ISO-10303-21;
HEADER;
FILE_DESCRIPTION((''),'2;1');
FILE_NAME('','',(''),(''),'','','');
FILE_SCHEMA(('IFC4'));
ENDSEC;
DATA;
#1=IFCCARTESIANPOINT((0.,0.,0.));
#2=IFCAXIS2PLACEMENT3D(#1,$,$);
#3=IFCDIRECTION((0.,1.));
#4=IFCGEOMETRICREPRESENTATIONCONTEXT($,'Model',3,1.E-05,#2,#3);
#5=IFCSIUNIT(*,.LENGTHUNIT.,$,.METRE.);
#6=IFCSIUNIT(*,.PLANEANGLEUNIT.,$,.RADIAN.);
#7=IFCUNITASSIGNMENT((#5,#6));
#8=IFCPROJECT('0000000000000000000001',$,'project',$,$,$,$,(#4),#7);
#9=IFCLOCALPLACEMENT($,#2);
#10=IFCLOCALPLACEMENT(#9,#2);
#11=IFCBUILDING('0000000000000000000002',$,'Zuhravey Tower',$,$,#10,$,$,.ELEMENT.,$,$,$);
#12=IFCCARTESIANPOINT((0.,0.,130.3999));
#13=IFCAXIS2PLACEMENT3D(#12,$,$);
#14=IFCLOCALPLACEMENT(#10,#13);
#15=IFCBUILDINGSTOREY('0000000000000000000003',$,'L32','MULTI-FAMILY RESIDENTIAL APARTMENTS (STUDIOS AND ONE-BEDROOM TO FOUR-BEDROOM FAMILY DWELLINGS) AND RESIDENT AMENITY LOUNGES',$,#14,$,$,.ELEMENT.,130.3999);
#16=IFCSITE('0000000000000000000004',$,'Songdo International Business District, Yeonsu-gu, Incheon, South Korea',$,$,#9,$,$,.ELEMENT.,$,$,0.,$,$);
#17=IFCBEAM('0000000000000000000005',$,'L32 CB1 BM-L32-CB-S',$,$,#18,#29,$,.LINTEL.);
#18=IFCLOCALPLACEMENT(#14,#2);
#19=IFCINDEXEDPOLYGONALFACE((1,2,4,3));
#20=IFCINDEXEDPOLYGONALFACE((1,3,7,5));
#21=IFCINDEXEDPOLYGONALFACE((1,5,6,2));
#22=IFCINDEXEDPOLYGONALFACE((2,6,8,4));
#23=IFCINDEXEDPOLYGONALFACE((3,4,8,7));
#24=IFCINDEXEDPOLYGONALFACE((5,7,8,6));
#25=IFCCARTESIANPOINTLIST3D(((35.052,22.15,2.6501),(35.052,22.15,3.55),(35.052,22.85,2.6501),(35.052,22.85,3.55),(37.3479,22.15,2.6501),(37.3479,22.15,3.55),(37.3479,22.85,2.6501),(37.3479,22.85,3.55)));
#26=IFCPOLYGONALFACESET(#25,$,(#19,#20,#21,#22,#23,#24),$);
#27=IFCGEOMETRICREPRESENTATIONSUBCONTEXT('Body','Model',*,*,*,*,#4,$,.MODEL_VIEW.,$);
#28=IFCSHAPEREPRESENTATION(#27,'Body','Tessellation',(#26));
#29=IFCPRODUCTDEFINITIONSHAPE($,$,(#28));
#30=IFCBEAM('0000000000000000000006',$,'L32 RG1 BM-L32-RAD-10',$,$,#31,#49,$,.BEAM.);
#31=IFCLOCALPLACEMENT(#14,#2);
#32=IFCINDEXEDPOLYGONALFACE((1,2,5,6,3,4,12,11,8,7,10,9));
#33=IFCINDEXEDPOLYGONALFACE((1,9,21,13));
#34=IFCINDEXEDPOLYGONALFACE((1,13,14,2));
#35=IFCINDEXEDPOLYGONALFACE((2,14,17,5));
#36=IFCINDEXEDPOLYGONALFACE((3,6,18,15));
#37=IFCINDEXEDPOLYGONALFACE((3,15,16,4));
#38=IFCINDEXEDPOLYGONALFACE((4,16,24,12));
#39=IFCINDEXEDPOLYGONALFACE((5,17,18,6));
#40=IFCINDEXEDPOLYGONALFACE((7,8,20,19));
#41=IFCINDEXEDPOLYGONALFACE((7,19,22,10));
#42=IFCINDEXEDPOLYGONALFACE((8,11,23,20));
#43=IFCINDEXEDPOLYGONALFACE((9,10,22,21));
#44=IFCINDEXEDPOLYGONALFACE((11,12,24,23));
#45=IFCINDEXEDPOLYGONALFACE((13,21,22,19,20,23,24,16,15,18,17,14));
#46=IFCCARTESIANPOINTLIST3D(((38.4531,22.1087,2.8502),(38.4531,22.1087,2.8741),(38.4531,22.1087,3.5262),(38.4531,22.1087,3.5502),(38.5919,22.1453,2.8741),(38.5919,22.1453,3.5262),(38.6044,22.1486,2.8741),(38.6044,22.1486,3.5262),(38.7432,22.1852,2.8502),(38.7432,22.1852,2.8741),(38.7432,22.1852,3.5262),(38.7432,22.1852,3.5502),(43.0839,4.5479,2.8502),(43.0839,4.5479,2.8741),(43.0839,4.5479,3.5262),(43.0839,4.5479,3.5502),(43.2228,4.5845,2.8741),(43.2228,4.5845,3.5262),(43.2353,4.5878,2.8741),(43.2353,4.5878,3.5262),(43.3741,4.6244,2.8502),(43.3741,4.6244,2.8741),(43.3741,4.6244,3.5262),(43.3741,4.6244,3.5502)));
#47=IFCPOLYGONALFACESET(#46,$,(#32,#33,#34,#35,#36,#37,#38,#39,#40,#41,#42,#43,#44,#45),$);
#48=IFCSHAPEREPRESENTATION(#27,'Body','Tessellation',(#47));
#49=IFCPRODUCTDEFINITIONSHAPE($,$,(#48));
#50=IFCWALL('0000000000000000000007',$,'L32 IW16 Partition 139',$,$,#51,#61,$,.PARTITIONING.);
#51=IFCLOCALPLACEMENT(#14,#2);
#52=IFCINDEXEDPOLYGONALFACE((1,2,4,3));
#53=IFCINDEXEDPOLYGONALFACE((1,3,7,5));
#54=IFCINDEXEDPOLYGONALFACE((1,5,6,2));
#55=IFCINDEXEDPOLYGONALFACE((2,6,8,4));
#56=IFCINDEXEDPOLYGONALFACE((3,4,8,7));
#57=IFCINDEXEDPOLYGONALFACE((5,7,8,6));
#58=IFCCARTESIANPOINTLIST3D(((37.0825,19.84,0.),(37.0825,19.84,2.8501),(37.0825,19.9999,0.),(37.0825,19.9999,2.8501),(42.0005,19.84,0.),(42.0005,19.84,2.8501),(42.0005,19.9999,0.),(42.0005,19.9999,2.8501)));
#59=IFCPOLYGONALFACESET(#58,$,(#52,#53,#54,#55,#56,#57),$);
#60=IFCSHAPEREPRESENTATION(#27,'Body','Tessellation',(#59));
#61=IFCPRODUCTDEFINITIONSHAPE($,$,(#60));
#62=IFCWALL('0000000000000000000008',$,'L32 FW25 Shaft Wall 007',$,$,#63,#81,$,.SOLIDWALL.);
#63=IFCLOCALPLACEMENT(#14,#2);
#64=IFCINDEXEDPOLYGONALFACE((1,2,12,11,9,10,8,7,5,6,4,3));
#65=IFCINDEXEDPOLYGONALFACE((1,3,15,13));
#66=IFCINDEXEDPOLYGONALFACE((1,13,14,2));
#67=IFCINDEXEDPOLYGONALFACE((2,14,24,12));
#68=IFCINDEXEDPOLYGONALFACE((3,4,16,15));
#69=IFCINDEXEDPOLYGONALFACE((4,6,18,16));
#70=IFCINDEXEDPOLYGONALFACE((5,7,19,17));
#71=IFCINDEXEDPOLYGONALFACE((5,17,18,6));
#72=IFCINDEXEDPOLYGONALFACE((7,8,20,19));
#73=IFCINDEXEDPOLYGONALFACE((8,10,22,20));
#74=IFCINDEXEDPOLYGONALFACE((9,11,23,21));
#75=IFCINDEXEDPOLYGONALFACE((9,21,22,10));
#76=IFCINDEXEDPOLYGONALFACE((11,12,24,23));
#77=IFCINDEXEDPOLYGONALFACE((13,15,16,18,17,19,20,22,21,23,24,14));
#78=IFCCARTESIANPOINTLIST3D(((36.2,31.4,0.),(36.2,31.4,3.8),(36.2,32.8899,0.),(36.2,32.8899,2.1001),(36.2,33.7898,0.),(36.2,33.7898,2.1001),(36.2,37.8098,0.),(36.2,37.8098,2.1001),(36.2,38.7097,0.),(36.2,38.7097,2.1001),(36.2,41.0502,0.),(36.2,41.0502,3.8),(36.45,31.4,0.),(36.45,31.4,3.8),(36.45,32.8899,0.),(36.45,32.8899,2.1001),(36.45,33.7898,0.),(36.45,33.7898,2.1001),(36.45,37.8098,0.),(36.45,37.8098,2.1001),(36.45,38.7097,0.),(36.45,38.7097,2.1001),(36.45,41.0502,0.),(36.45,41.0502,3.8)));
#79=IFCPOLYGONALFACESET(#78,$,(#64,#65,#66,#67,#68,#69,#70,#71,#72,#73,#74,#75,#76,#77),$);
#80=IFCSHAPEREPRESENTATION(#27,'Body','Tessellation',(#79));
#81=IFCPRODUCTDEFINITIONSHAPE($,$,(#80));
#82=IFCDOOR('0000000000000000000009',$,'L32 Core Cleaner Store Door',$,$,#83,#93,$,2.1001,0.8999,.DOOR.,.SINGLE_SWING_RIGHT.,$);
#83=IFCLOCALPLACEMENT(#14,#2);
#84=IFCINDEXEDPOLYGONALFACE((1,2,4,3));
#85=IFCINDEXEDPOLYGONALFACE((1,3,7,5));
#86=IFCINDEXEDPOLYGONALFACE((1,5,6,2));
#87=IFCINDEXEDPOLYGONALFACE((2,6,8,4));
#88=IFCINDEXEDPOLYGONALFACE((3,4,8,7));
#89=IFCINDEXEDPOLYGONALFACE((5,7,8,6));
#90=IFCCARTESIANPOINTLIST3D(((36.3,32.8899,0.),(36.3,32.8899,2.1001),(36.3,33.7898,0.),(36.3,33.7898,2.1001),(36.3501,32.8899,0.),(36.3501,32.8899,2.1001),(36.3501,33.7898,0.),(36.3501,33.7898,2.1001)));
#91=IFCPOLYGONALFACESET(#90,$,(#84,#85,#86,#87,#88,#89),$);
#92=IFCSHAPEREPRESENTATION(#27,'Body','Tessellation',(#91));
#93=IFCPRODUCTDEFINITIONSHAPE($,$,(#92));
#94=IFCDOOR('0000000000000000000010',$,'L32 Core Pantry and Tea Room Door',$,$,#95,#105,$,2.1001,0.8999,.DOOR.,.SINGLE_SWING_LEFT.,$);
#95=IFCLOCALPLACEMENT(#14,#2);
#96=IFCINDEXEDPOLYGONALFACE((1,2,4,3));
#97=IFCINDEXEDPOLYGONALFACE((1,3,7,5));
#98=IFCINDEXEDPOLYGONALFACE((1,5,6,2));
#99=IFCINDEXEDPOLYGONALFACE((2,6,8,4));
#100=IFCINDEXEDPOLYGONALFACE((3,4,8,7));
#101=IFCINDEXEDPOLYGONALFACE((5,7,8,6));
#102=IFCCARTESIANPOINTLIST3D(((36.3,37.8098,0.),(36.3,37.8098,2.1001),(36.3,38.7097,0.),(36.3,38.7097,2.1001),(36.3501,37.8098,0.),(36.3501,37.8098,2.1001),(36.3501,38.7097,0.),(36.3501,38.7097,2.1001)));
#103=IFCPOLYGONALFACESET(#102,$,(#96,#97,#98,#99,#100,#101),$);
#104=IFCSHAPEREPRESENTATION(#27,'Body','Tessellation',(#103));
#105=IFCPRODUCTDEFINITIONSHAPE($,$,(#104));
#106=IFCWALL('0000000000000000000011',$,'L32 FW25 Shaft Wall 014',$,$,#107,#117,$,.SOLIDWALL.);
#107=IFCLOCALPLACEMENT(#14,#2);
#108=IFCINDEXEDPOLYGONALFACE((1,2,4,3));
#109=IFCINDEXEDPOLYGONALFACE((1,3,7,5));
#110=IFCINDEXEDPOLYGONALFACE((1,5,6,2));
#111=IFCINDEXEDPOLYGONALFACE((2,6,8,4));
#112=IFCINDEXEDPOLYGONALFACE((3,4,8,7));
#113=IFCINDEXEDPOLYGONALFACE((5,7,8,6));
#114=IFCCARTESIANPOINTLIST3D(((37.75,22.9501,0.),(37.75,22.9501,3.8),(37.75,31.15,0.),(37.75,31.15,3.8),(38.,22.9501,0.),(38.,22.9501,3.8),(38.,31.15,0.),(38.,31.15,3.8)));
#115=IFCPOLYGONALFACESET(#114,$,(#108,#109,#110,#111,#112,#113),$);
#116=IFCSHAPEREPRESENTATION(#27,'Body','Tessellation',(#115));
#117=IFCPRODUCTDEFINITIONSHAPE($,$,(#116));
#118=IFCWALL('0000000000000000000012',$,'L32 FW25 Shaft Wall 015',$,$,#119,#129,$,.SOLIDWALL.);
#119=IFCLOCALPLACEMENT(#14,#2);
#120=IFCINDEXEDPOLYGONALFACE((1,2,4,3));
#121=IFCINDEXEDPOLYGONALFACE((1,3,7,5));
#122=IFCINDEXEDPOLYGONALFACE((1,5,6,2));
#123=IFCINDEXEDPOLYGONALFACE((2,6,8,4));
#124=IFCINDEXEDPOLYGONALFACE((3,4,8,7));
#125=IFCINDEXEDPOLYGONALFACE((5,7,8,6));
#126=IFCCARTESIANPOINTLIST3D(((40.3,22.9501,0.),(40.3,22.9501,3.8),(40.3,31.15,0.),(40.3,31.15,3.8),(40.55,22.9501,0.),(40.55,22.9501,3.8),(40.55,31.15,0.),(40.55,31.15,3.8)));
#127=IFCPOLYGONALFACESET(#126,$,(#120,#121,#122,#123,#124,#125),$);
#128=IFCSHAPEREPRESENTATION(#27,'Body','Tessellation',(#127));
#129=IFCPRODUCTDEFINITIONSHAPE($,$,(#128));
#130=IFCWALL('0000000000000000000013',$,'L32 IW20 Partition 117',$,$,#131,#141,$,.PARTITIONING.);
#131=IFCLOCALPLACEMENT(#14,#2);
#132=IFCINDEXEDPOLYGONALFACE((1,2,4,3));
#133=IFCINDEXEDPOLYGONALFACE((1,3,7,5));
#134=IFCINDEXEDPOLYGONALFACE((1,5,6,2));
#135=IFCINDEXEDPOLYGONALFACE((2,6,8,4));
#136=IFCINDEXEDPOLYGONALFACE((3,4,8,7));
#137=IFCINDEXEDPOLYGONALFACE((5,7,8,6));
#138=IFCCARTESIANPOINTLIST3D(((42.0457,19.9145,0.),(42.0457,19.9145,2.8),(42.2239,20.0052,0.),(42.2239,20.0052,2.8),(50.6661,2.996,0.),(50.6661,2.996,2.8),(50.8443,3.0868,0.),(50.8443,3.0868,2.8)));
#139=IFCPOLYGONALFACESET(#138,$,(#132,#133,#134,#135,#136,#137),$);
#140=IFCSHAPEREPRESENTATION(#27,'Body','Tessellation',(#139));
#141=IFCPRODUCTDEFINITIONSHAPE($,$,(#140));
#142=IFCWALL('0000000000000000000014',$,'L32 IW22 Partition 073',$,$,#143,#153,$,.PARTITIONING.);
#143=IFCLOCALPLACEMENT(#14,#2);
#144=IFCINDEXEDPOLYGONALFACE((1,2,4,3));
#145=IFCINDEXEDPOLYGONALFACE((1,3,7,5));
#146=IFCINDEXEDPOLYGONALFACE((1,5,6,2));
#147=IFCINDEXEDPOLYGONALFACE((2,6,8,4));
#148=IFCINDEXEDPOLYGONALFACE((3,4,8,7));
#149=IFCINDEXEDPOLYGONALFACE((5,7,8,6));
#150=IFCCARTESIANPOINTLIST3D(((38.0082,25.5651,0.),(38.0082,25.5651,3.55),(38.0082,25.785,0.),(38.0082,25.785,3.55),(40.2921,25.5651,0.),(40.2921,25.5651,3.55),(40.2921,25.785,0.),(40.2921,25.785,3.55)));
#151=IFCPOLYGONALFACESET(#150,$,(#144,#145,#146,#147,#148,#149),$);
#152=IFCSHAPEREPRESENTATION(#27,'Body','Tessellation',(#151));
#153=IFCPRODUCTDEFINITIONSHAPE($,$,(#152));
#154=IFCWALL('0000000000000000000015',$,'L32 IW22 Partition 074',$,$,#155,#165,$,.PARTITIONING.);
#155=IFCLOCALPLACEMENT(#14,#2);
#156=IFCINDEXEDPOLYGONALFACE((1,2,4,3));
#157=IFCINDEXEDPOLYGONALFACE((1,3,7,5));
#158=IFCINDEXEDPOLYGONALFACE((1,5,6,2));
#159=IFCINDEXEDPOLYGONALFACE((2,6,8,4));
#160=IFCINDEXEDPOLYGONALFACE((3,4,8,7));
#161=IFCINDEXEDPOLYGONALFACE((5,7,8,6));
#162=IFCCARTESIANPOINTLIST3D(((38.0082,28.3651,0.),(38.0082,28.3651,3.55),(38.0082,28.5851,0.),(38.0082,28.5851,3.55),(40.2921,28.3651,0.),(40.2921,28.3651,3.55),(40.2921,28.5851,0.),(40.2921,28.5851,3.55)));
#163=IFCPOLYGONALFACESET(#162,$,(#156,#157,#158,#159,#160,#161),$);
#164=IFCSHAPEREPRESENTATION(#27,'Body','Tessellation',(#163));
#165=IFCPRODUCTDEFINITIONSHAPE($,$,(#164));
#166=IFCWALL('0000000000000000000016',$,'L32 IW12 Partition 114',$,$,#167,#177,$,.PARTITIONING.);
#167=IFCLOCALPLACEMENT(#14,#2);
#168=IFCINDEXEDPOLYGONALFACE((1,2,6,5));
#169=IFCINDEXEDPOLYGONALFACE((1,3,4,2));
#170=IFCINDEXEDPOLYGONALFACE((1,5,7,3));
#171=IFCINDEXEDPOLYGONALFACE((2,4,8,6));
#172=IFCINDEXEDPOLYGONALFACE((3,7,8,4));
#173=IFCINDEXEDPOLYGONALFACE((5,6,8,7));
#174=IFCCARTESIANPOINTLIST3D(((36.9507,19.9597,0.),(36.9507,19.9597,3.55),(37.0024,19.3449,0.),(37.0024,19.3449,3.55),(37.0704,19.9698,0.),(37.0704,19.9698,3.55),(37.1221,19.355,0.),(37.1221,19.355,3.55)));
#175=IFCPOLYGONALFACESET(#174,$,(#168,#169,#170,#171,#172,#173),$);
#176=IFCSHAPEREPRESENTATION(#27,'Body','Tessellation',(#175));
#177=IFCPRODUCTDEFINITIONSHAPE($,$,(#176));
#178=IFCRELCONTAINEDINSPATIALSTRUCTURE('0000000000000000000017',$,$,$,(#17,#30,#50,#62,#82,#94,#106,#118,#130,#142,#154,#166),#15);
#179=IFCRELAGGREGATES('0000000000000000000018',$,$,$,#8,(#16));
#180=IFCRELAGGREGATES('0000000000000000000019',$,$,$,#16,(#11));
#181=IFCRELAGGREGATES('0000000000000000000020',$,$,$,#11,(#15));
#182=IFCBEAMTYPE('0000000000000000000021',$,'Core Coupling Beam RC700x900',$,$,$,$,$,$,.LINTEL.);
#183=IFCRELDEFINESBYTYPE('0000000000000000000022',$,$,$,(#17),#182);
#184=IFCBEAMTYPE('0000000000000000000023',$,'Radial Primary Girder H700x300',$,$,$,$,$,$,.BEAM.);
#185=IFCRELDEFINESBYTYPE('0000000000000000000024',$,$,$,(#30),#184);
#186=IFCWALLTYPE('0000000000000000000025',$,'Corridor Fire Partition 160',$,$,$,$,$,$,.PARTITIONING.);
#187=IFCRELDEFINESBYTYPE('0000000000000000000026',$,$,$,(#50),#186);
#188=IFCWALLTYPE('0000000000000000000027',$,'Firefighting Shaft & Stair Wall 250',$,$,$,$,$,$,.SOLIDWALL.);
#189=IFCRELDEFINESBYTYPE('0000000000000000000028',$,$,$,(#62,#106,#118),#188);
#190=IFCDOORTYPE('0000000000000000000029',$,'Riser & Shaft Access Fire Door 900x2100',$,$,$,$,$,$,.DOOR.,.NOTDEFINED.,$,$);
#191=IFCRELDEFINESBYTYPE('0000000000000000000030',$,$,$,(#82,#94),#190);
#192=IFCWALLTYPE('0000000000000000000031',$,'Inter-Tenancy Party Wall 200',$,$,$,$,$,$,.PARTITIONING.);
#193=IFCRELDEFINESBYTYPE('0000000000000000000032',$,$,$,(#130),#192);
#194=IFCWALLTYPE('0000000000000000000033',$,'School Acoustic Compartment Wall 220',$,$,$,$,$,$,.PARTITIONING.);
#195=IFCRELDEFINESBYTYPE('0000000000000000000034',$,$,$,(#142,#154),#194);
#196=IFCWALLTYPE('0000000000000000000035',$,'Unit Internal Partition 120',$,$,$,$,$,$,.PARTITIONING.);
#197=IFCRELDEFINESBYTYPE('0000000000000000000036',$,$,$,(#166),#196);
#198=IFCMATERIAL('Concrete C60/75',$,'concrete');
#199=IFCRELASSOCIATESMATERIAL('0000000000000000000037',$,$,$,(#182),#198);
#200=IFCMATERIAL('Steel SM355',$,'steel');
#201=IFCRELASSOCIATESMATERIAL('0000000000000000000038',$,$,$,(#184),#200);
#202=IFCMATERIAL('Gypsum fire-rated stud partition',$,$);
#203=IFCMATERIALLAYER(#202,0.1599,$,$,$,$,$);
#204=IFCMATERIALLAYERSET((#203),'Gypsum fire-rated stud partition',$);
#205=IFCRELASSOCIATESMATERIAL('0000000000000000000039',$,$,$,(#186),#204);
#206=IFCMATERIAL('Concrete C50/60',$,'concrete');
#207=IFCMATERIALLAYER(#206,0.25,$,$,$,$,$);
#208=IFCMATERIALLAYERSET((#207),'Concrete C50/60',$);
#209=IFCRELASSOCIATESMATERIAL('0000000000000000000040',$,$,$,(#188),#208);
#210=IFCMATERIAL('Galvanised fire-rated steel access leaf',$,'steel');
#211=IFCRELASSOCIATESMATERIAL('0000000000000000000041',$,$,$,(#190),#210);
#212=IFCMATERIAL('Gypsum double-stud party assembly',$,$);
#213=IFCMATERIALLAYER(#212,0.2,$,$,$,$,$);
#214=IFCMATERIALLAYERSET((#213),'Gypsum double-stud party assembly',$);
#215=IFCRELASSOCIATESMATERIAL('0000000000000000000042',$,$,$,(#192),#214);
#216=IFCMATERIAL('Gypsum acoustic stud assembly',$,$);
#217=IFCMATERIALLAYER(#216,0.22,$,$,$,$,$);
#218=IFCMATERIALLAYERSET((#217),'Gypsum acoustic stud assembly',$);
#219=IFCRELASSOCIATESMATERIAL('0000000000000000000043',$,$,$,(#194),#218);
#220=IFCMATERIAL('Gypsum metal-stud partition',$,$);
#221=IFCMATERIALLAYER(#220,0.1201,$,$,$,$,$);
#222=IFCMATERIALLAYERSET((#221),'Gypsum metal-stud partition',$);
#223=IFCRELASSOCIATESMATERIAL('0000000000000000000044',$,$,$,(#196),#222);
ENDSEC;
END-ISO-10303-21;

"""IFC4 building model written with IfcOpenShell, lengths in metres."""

from ifc_helpers import new_model, si_unit, direction, frame, frame_2d, origin, origin_2d, place, context, subcontext, project, spatial, rectangle, i_section, extrude, material, layer, layer_set, material_profile, profile_set, type_object, element, fill, save


model = new_model("IFC4")

# Units and contexts
model_context = context("Model", 3, precision=1e-05, world=origin(), true_north=direction((0.0, 1.0)))
body_context = subcontext(model_context, "Body", "Model", "MODEL_VIEW")
ifc_project = project(units=[si_unit("LENGTHUNIT", "METRE"), si_unit("PLANEANGLEUNIT", "RADIAN")], contexts=[model_context])

# Site, building, storey
site_placement = place(None, origin())
site = spatial("IfcSite", under=ifc_project, at=site_placement, Name="Songdo International Business District, Yeonsu-gu, Incheon, South Korea", CompositionType="ELEMENT", RefElevation=0.0)
building_placement = place(site_placement, origin())
building = spatial("IfcBuilding", under=site, at=building_placement, Name="Zuhravey Tower", CompositionType="ELEMENT")
storey_placement = place(building_placement, frame((0.0, 0.0, 130.3999)))
storey = spatial("IfcBuildingStorey", under=building, at=storey_placement, Name="L32", Description="MULTI-FAMILY RESIDENTIAL APARTMENTS (STUDIOS AND ONE-BEDROOM TO FOUR-BEDROOM FAMILY DWELLINGS) AND RESIDENT AMENITY LOUNGES", CompositionType="ELEMENT", Elevation=130.3999)

# Beams
ifc_material_1 = material(Name="Concrete C60/75", Category="concrete")
ifc_material_profile_1 = material_profile(ifc_material_1, rectangle(XDim=0.7, YDim=0.8999, at=origin_2d()), Name="RC-700x900")
ifc_profile_set_1 = profile_set([ifc_material_profile_1], Name="Concrete C60/75")
beam_type_1 = type_object("IfcBeamType", Name="Core Coupling Beam RC700x900", PredefinedType="LINTEL", material=ifc_profile_set_1)
beam_1_placement = place(storey_placement, frame((35.052, 22.5, 3.1001), z_axis=(1.0, 0.0, 0.0), x_axis=(0.0, 1.0, 0.0)))
element("IfcBeam", 1, at=beam_1_placement, inside=storey, type_object=beam_type_1, Name="L32 CB1 BM-L32-CB-S", PredefinedType="LINTEL", context=body_context, shape_type="SweptSolid", body=[
    extrude(rectangle(XDim=0.7, YDim=0.8999, at=origin_2d()), origin(), (0.0, 0.0, 1.0), 2.2959),
])
ifc_material_2 = material(Name="Steel SM355", Category="steel")
ifc_material_profile_2 = material_profile(ifc_material_2, i_section(OverallWidth=0.3, OverallDepth=0.7, WebThickness=0.0129, FlangeThickness=0.0239, at=origin_2d()), Name="H-700x300x13x24")
ifc_profile_set_2 = profile_set([ifc_material_profile_2], Name="Steel SM355")
beam_type_2 = type_object("IfcBeamType", Name="Radial Primary Girder H700x300", PredefinedType="BEAM", material=ifc_profile_set_2)
beam_2_placement = place(storey_placement, frame((38.5981, 22.147, 3.2002), z_axis=(0.254988, -0.966944, 0.0), x_axis=(0.966944, 0.254988, 0.0)))
element("IfcBeam", 2, at=beam_2_placement, inside=storey, type_object=beam_type_2, Name="L32 RG1 BM-L32-RAD-10", PredefinedType="BEAM", context=body_context, shape_type="SweptSolid", body=[
    extrude(i_section(OverallWidth=0.3, OverallDepth=0.7, WebThickness=0.0129, FlangeThickness=0.0239, at=origin_2d()), origin(), (0.0, 0.0, 1.0), 18.1611),
])

# Shared definitions
ifc_material_3 = material(Name="Gypsum fire-rated stud partition")
ifc_layer_1 = layer(ifc_material_3, 0.1599)
ifc_layer_set_1 = layer_set([ifc_layer_1], Name="Gypsum fire-rated stud partition")
wall_type_1 = type_object("IfcWallType", Name="Corridor Fire Partition 160", PredefinedType="PARTITIONING", material=ifc_layer_set_1)

# Wall
wall_1_placement = place(storey_placement, frame((37.0825, 19.9199, 0.0), z_axis=(0.0, 0.0, 1.0), x_axis=(1.0, 0.0, 0.0)))
element("IfcWall", 3, at=wall_1_placement, inside=storey, type_object=wall_type_1, Name="L32 IW16 Partition 139", PredefinedType="PARTITIONING", context=body_context, shape_type="SweptSolid", body=[
    extrude(rectangle(XDim=4.918, YDim=0.1599, at=frame_2d((2.459, 0.0))), origin(), (0.0, 0.0, 1.0), 2.8501),
])

# Shared definitions
ifc_material_4 = material(Name="Concrete C50/60", Category="concrete")
ifc_layer_2 = layer(ifc_material_4, 0.25)
ifc_layer_set_2 = layer_set([ifc_layer_2], Name="Concrete C50/60")
wall_type_2 = type_object("IfcWallType", Name="Firefighting Shaft & Stair Wall 250", PredefinedType="SOLIDWALL", material=ifc_layer_set_2)

# Wall, openings, doors
wall_2_placement = place(storey_placement, frame((36.325, 31.3999, 0.0), z_axis=(0.0, 0.0, 1.0), x_axis=(0.0, 1.0, 0.0)))
wall_2 = element("IfcWall", 4, at=wall_2_placement, inside=storey, type_object=wall_type_2, Name="L32 FW25 Shaft Wall 007", PredefinedType="SOLIDWALL", context=body_context, shape_type="SweptSolid", body=[
    extrude(rectangle(XDim=9.6501, YDim=0.25, at=frame_2d((4.8252, 0.0))), origin(), (0.0, 0.0, 1.0), 3.8),
])
opening_1_placement = place(wall_2_placement, frame((1.49, 0.0, 0.0)))
opening_1 = element("IfcOpeningElement", 5, at=opening_1_placement, cuts=wall_2, PredefinedType="OPENING", context=body_context, shape_type="SweptSolid", body=[
    extrude(rectangle(XDim=0.8999, YDim=2.1001, at=frame_2d((0.45, 1.05))), frame((0.0, 0.137, 0.0), z_axis=(0.0, -1.0, 0.0), x_axis=(1.0, 0.0, 0.0)), (0.0, 0.0, 1.0), 0.2739),
])
opening_2_placement = place(wall_2_placement, frame((6.4099, 0.0, 0.0)))
opening_2 = element("IfcOpeningElement", 6, at=opening_2_placement, cuts=wall_2, PredefinedType="OPENING", context=body_context, shape_type="SweptSolid", body=[
    extrude(rectangle(XDim=0.8999, YDim=2.1001, at=frame_2d((0.45, 1.05))), frame((0.0, 0.137, 0.0), z_axis=(0.0, -1.0, 0.0), x_axis=(1.0, 0.0, 0.0)), (0.0, 0.0, 1.0), 0.2739),
])
ifc_material_5 = material(Name="Galvanised fire-rated steel access leaf", Category="steel")
door_type_1 = type_object("IfcDoorType", Name="Riser & Shaft Access Fire Door 900x2100", OperationType="NOTDEFINED", PredefinedType="DOOR", material=ifc_material_5)
door_1_placement = place(opening_1_placement, origin())
door_1 = element("IfcDoor", 7, at=door_1_placement, inside=storey, type_object=door_type_1, Name="L32 Core Cleaner Store Door", OperationType="SINGLE_SWING_RIGHT", OverallHeight=2.1001, OverallWidth=0.8999, PredefinedType="DOOR", context=body_context, shape_type="SweptSolid", body=[
    extrude(rectangle(XDim=0.8999, YDim=2.1001, at=frame_2d((0.45, 1.05))), frame((0.0, 0.0249, 0.0), z_axis=(0.0, -1.0, 0.0), x_axis=(1.0, 0.0, 0.0)), (0.0, 0.0, 1.0), 0.05),
])
fill(opening_1, door_1)
door_2_placement = place(opening_2_placement, origin())
door_2 = element("IfcDoor", 8, at=door_2_placement, inside=storey, type_object=door_type_1, Name="L32 Core Pantry and Tea Room Door", OperationType="SINGLE_SWING_LEFT", OverallHeight=2.1001, OverallWidth=0.8999, PredefinedType="DOOR", context=body_context, shape_type="SweptSolid", body=[
    extrude(rectangle(XDim=0.8999, YDim=2.1001, at=frame_2d((0.45, 1.05))), frame((0.0, 0.0249, 0.0), z_axis=(0.0, -1.0, 0.0), x_axis=(1.0, 0.0, 0.0)), (0.0, 0.0, 1.0), 0.05),
])
fill(opening_2, door_2)

# Walls
for number, where, z_axis, x_axis, name in (
    (9, (37.875, 22.95, 0.0), (0.0, 0.0, 1.0), (0.0, 1.0, 0.0), "L32 FW25 Shaft Wall 014"),
    (10, (40.425, 22.95, 0.0), (0.0, 0.0, 1.0), (0.0, 1.0, 0.0), "L32 FW25 Shaft Wall 015"),
):
    element("IfcWall", number, at=place(storey_placement, frame(where, z_axis=z_axis, x_axis=x_axis)), inside=storey, type_object=wall_type_2, Name=name, PredefinedType="SOLIDWALL", context=body_context, shape_type="SweptSolid", body=[
        extrude(rectangle(XDim=8.2, YDim=0.25, at=frame_2d((4.1001, 0.0))), origin(), (0.0, 0.0, 1.0), 3.8),
    ])
ifc_material_6 = material(Name="Gypsum double-stud party assembly")
ifc_layer_3 = layer(ifc_material_6, 0.2)
ifc_layer_set_3 = layer_set([ifc_layer_3], Name="Gypsum double-stud party assembly")
wall_type_3 = type_object("IfcWallType", Name="Inter-Tenancy Party Wall 200", PredefinedType="PARTITIONING", material=ifc_layer_set_3)
wall_3_placement = place(storey_placement, frame((42.1348, 19.96, 0.0), z_axis=(0.0, 0.0, 1.0), x_axis=(0.45399, -0.891007, 0.0)))
element("IfcWall", 11, at=wall_3_placement, inside=storey, type_object=wall_type_3, Name="L32 IW20 Partition 117", PredefinedType="PARTITIONING", context=body_context, shape_type="SweptSolid", body=[
    extrude(rectangle(XDim=18.988, YDim=0.2, at=frame_2d((9.4941, 0.0))), origin(), (0.0, 0.0, 1.0), 2.8),
])
ifc_material_7 = material(Name="Gypsum acoustic stud assembly")
ifc_layer_4 = layer(ifc_material_7, 0.22)
ifc_layer_set_4 = layer_set([ifc_layer_4], Name="Gypsum acoustic stud assembly")
wall_type_4 = type_object("IfcWallType", Name="School Acoustic Compartment Wall 220", PredefinedType="PARTITIONING", material=ifc_layer_set_4)
for number, where, z_axis, x_axis, name in (
    (12, (38.0081, 25.675, 0.0), (0.0, 0.0, 1.0), (1.0, 0.0, 0.0), "L32 IW22 Partition 073"),
    (13, (38.0081, 28.4751, 0.0), (0.0, 0.0, 1.0), (1.0, 0.0, 0.0), "L32 IW22 Partition 074"),
):
    element("IfcWall", number, at=place(storey_placement, frame(where, z_axis=z_axis, x_axis=x_axis)), inside=storey, type_object=wall_type_4, Name=name, PredefinedType="PARTITIONING", context=body_context, shape_type="SweptSolid", body=[
        extrude(rectangle(XDim=2.2839, YDim=0.22, at=frame_2d((1.1421, 0.0))), origin(), (0.0, 0.0, 1.0), 3.55),
    ])
ifc_material_8 = material(Name="Gypsum metal-stud partition")
ifc_layer_5 = layer(ifc_material_8, 0.1201)
ifc_layer_set_5 = layer_set([ifc_layer_5], Name="Gypsum metal-stud partition")
wall_type_5 = type_object("IfcWallType", Name="Unit Internal Partition 120", PredefinedType="PARTITIONING", material=ifc_layer_set_5)
wall_4_placement = place(storey_placement, frame((37.0105, 19.9648, 0.0), z_axis=(0.0, 0.0, 1.0), x_axis=(0.083897, -0.996474, 0.0)))
element("IfcWall", 14, at=wall_4_placement, inside=storey, type_object=wall_type_5, Name="L32 IW12 Partition 114", PredefinedType="PARTITIONING", context=body_context, shape_type="SweptSolid", body=[
    extrude(rectangle(XDim=0.6169, YDim=0.1201, at=frame_2d((0.3086, 0.0))), origin(), (0.0, 0.0, 1.0), 3.55),
])

save(model, "model.ifc")
